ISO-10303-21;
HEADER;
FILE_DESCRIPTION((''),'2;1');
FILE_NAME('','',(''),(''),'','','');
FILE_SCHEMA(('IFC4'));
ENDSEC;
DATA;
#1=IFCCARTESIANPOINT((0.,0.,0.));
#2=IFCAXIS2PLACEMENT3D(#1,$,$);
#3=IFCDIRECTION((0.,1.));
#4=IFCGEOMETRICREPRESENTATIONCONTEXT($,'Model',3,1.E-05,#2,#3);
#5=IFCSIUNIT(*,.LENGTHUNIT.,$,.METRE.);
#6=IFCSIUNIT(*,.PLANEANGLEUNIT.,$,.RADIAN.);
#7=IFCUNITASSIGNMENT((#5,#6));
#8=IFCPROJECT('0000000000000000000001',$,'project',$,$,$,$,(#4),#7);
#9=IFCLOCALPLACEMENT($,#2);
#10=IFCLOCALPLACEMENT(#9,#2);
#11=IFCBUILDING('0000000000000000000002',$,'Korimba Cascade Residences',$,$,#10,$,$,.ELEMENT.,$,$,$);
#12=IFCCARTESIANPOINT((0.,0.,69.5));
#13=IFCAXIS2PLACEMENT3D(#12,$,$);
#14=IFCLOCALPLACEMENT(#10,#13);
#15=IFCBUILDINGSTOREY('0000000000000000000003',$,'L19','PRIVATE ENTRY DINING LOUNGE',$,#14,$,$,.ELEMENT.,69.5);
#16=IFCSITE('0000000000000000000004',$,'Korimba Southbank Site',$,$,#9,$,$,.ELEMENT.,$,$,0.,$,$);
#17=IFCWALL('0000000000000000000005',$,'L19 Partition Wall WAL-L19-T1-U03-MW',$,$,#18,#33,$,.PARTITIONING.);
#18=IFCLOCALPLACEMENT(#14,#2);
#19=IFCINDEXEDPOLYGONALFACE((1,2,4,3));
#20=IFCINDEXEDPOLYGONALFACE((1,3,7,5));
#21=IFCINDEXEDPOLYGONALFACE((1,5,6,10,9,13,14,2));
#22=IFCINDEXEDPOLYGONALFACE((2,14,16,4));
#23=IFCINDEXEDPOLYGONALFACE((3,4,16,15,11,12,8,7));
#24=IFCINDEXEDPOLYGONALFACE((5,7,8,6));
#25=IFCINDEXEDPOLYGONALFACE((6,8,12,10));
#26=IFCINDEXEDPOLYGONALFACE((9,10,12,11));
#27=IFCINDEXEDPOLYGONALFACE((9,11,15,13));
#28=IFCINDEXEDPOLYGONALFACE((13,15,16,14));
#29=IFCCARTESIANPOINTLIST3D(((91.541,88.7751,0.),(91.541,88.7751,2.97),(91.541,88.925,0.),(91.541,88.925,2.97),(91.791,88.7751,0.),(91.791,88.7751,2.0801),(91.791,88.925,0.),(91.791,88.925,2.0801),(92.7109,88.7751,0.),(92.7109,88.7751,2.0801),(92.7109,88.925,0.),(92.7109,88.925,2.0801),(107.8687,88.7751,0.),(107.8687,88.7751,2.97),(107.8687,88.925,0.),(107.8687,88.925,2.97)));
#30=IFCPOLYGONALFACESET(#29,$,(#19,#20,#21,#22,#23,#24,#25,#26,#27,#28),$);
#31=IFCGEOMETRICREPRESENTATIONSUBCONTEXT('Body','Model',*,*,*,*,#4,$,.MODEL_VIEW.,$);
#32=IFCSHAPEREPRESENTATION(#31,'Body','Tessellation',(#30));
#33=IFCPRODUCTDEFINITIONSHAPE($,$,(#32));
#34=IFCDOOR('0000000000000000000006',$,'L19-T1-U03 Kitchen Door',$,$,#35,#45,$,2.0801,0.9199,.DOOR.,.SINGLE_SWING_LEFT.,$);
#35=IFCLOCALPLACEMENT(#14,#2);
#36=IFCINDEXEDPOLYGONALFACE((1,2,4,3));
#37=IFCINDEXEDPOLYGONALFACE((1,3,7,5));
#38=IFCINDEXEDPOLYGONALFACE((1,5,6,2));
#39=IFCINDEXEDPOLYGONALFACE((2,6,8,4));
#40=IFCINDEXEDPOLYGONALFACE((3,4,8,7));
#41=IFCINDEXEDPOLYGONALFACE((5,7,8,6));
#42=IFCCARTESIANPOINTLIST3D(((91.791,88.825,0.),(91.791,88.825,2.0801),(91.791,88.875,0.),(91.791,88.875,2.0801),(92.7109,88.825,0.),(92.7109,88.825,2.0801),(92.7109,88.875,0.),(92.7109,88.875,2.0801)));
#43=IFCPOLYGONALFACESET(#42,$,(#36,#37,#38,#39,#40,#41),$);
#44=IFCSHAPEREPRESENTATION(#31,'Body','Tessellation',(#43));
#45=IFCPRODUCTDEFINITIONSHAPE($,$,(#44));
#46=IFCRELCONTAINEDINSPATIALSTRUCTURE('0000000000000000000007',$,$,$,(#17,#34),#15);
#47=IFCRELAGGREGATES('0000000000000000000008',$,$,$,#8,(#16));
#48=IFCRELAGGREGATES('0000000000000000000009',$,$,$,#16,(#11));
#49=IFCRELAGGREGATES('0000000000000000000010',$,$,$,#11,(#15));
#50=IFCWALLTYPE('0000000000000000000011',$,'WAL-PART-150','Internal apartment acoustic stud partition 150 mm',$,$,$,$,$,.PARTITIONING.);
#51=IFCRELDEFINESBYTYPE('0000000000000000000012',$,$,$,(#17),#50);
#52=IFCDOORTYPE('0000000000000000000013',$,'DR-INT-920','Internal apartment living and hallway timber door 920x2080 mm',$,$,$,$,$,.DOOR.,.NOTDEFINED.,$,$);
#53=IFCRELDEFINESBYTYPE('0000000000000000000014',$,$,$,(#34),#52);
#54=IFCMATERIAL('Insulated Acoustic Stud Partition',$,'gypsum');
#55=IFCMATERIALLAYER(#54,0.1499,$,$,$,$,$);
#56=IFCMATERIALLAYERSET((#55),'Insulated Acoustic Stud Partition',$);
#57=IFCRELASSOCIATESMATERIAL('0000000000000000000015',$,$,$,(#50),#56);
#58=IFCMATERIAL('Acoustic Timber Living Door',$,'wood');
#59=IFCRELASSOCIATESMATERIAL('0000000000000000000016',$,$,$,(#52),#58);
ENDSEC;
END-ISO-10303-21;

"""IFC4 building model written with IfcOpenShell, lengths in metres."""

from ifc_helpers import new_model, si_unit, direction, frame, frame_2d, origin, place, context, subcontext, project, spatial, rectangle, extrude, material, layer, layer_set, type_object, element, fill, save


model = new_model("IFC4")

# Units and contexts
model_context = context("Model", 3, precision=1e-05, world=origin(), true_north=direction((0.0, 1.0)))
body_context = subcontext(model_context, "Body", "Model", "MODEL_VIEW")
ifc_project = project(units=[si_unit("LENGTHUNIT", "METRE"), si_unit("PLANEANGLEUNIT", "RADIAN")], contexts=[model_context])

# Site, building, storey
site_placement = place(None, origin())
site = spatial("IfcSite", under=ifc_project, at=site_placement, Name="Korimba Southbank Site", CompositionType="ELEMENT", RefElevation=0.0)
building_placement = place(site_placement, origin())
building = spatial("IfcBuilding", under=site, at=building_placement, Name="Korimba Cascade Residences", CompositionType="ELEMENT")
storey_placement = place(building_placement, frame((0.0, 0.0, 69.5)))
storey = spatial("IfcBuildingStorey", under=building, at=storey_placement, Name="L19", Description="PRIVATE ENTRY DINING LOUNGE", CompositionType="ELEMENT", Elevation=69.5)

# Shared definitions
ifc_material_1 = material(Name="Insulated Acoustic Stud Partition", Category="gypsum")
ifc_layer_1 = layer(ifc_material_1, 0.1499)
ifc_layer_set_1 = layer_set([ifc_layer_1], Name="Insulated Acoustic Stud Partition")
wall_type_1 = type_object("IfcWallType", Name="WAL-PART-150", Description="Internal apartment acoustic stud partition 150 mm", PredefinedType="PARTITIONING", material=ifc_layer_set_1)

# Wall, opening, door
wall_1_placement = place(storey_placement, frame((91.541, 88.8501, 0.0), z_axis=(0.0, 0.0, 1.0), x_axis=(1.0, 0.0, 0.0)))
wall_1 = element("IfcWall", 1, at=wall_1_placement, inside=storey, type_object=wall_type_1, Name="L19 Partition Wall WAL-L19-T1-U03-MW", PredefinedType="PARTITIONING", context=body_context, shape_type="SweptSolid", body=[
    extrude(rectangle(XDim=16.3276, YDim=0.1499, at=frame_2d((8.1638, 0.0))), origin(), (0.0, 0.0, 1.0), 2.97),
])
opening_1_placement = place(wall_1_placement, frame((0.25, 0.0, 0.0)))
opening_1 = element("IfcOpeningElement", 2, at=opening_1_placement, cuts=wall_1, PredefinedType="OPENING", context=body_context, shape_type="SweptSolid", body=[
    extrude(rectangle(XDim=0.9199, YDim=2.0801, at=frame_2d((0.46, 1.04))), frame((0.0, 0.085, 0.0), z_axis=(0.0, -1.0, 0.0), x_axis=(1.0, 0.0, 0.0)), (0.0, 0.0, 1.0), 0.1699),
])
ifc_material_2 = material(Name="Acoustic Timber Living Door", Category="wood")
door_type_1 = type_object("IfcDoorType", Name="DR-INT-920", Description="Internal apartment living and hallway timber door 920x2080 mm", OperationType="NOTDEFINED", PredefinedType="DOOR", material=ifc_material_2)
door_1_placement = place(opening_1_placement, origin())
door_1 = element("IfcDoor", 3, at=door_1_placement, inside=storey, type_object=door_type_1, Name="L19-T1-U03 Kitchen Door", OperationType="SINGLE_SWING_LEFT", OverallHeight=2.0801, OverallWidth=0.9199, PredefinedType="DOOR", context=body_context, shape_type="SweptSolid", body=[
    extrude(rectangle(XDim=0.9199, YDim=2.0801, at=frame_2d((0.46, 1.04))), frame((0.0, 0.0249, 0.0), z_axis=(0.0, -1.0, 0.0), x_axis=(1.0, 0.0, 0.0)), (0.0, 0.0, 1.0), 0.05),
])
fill(opening_1, door_1)

save(model, "model.ifc")
